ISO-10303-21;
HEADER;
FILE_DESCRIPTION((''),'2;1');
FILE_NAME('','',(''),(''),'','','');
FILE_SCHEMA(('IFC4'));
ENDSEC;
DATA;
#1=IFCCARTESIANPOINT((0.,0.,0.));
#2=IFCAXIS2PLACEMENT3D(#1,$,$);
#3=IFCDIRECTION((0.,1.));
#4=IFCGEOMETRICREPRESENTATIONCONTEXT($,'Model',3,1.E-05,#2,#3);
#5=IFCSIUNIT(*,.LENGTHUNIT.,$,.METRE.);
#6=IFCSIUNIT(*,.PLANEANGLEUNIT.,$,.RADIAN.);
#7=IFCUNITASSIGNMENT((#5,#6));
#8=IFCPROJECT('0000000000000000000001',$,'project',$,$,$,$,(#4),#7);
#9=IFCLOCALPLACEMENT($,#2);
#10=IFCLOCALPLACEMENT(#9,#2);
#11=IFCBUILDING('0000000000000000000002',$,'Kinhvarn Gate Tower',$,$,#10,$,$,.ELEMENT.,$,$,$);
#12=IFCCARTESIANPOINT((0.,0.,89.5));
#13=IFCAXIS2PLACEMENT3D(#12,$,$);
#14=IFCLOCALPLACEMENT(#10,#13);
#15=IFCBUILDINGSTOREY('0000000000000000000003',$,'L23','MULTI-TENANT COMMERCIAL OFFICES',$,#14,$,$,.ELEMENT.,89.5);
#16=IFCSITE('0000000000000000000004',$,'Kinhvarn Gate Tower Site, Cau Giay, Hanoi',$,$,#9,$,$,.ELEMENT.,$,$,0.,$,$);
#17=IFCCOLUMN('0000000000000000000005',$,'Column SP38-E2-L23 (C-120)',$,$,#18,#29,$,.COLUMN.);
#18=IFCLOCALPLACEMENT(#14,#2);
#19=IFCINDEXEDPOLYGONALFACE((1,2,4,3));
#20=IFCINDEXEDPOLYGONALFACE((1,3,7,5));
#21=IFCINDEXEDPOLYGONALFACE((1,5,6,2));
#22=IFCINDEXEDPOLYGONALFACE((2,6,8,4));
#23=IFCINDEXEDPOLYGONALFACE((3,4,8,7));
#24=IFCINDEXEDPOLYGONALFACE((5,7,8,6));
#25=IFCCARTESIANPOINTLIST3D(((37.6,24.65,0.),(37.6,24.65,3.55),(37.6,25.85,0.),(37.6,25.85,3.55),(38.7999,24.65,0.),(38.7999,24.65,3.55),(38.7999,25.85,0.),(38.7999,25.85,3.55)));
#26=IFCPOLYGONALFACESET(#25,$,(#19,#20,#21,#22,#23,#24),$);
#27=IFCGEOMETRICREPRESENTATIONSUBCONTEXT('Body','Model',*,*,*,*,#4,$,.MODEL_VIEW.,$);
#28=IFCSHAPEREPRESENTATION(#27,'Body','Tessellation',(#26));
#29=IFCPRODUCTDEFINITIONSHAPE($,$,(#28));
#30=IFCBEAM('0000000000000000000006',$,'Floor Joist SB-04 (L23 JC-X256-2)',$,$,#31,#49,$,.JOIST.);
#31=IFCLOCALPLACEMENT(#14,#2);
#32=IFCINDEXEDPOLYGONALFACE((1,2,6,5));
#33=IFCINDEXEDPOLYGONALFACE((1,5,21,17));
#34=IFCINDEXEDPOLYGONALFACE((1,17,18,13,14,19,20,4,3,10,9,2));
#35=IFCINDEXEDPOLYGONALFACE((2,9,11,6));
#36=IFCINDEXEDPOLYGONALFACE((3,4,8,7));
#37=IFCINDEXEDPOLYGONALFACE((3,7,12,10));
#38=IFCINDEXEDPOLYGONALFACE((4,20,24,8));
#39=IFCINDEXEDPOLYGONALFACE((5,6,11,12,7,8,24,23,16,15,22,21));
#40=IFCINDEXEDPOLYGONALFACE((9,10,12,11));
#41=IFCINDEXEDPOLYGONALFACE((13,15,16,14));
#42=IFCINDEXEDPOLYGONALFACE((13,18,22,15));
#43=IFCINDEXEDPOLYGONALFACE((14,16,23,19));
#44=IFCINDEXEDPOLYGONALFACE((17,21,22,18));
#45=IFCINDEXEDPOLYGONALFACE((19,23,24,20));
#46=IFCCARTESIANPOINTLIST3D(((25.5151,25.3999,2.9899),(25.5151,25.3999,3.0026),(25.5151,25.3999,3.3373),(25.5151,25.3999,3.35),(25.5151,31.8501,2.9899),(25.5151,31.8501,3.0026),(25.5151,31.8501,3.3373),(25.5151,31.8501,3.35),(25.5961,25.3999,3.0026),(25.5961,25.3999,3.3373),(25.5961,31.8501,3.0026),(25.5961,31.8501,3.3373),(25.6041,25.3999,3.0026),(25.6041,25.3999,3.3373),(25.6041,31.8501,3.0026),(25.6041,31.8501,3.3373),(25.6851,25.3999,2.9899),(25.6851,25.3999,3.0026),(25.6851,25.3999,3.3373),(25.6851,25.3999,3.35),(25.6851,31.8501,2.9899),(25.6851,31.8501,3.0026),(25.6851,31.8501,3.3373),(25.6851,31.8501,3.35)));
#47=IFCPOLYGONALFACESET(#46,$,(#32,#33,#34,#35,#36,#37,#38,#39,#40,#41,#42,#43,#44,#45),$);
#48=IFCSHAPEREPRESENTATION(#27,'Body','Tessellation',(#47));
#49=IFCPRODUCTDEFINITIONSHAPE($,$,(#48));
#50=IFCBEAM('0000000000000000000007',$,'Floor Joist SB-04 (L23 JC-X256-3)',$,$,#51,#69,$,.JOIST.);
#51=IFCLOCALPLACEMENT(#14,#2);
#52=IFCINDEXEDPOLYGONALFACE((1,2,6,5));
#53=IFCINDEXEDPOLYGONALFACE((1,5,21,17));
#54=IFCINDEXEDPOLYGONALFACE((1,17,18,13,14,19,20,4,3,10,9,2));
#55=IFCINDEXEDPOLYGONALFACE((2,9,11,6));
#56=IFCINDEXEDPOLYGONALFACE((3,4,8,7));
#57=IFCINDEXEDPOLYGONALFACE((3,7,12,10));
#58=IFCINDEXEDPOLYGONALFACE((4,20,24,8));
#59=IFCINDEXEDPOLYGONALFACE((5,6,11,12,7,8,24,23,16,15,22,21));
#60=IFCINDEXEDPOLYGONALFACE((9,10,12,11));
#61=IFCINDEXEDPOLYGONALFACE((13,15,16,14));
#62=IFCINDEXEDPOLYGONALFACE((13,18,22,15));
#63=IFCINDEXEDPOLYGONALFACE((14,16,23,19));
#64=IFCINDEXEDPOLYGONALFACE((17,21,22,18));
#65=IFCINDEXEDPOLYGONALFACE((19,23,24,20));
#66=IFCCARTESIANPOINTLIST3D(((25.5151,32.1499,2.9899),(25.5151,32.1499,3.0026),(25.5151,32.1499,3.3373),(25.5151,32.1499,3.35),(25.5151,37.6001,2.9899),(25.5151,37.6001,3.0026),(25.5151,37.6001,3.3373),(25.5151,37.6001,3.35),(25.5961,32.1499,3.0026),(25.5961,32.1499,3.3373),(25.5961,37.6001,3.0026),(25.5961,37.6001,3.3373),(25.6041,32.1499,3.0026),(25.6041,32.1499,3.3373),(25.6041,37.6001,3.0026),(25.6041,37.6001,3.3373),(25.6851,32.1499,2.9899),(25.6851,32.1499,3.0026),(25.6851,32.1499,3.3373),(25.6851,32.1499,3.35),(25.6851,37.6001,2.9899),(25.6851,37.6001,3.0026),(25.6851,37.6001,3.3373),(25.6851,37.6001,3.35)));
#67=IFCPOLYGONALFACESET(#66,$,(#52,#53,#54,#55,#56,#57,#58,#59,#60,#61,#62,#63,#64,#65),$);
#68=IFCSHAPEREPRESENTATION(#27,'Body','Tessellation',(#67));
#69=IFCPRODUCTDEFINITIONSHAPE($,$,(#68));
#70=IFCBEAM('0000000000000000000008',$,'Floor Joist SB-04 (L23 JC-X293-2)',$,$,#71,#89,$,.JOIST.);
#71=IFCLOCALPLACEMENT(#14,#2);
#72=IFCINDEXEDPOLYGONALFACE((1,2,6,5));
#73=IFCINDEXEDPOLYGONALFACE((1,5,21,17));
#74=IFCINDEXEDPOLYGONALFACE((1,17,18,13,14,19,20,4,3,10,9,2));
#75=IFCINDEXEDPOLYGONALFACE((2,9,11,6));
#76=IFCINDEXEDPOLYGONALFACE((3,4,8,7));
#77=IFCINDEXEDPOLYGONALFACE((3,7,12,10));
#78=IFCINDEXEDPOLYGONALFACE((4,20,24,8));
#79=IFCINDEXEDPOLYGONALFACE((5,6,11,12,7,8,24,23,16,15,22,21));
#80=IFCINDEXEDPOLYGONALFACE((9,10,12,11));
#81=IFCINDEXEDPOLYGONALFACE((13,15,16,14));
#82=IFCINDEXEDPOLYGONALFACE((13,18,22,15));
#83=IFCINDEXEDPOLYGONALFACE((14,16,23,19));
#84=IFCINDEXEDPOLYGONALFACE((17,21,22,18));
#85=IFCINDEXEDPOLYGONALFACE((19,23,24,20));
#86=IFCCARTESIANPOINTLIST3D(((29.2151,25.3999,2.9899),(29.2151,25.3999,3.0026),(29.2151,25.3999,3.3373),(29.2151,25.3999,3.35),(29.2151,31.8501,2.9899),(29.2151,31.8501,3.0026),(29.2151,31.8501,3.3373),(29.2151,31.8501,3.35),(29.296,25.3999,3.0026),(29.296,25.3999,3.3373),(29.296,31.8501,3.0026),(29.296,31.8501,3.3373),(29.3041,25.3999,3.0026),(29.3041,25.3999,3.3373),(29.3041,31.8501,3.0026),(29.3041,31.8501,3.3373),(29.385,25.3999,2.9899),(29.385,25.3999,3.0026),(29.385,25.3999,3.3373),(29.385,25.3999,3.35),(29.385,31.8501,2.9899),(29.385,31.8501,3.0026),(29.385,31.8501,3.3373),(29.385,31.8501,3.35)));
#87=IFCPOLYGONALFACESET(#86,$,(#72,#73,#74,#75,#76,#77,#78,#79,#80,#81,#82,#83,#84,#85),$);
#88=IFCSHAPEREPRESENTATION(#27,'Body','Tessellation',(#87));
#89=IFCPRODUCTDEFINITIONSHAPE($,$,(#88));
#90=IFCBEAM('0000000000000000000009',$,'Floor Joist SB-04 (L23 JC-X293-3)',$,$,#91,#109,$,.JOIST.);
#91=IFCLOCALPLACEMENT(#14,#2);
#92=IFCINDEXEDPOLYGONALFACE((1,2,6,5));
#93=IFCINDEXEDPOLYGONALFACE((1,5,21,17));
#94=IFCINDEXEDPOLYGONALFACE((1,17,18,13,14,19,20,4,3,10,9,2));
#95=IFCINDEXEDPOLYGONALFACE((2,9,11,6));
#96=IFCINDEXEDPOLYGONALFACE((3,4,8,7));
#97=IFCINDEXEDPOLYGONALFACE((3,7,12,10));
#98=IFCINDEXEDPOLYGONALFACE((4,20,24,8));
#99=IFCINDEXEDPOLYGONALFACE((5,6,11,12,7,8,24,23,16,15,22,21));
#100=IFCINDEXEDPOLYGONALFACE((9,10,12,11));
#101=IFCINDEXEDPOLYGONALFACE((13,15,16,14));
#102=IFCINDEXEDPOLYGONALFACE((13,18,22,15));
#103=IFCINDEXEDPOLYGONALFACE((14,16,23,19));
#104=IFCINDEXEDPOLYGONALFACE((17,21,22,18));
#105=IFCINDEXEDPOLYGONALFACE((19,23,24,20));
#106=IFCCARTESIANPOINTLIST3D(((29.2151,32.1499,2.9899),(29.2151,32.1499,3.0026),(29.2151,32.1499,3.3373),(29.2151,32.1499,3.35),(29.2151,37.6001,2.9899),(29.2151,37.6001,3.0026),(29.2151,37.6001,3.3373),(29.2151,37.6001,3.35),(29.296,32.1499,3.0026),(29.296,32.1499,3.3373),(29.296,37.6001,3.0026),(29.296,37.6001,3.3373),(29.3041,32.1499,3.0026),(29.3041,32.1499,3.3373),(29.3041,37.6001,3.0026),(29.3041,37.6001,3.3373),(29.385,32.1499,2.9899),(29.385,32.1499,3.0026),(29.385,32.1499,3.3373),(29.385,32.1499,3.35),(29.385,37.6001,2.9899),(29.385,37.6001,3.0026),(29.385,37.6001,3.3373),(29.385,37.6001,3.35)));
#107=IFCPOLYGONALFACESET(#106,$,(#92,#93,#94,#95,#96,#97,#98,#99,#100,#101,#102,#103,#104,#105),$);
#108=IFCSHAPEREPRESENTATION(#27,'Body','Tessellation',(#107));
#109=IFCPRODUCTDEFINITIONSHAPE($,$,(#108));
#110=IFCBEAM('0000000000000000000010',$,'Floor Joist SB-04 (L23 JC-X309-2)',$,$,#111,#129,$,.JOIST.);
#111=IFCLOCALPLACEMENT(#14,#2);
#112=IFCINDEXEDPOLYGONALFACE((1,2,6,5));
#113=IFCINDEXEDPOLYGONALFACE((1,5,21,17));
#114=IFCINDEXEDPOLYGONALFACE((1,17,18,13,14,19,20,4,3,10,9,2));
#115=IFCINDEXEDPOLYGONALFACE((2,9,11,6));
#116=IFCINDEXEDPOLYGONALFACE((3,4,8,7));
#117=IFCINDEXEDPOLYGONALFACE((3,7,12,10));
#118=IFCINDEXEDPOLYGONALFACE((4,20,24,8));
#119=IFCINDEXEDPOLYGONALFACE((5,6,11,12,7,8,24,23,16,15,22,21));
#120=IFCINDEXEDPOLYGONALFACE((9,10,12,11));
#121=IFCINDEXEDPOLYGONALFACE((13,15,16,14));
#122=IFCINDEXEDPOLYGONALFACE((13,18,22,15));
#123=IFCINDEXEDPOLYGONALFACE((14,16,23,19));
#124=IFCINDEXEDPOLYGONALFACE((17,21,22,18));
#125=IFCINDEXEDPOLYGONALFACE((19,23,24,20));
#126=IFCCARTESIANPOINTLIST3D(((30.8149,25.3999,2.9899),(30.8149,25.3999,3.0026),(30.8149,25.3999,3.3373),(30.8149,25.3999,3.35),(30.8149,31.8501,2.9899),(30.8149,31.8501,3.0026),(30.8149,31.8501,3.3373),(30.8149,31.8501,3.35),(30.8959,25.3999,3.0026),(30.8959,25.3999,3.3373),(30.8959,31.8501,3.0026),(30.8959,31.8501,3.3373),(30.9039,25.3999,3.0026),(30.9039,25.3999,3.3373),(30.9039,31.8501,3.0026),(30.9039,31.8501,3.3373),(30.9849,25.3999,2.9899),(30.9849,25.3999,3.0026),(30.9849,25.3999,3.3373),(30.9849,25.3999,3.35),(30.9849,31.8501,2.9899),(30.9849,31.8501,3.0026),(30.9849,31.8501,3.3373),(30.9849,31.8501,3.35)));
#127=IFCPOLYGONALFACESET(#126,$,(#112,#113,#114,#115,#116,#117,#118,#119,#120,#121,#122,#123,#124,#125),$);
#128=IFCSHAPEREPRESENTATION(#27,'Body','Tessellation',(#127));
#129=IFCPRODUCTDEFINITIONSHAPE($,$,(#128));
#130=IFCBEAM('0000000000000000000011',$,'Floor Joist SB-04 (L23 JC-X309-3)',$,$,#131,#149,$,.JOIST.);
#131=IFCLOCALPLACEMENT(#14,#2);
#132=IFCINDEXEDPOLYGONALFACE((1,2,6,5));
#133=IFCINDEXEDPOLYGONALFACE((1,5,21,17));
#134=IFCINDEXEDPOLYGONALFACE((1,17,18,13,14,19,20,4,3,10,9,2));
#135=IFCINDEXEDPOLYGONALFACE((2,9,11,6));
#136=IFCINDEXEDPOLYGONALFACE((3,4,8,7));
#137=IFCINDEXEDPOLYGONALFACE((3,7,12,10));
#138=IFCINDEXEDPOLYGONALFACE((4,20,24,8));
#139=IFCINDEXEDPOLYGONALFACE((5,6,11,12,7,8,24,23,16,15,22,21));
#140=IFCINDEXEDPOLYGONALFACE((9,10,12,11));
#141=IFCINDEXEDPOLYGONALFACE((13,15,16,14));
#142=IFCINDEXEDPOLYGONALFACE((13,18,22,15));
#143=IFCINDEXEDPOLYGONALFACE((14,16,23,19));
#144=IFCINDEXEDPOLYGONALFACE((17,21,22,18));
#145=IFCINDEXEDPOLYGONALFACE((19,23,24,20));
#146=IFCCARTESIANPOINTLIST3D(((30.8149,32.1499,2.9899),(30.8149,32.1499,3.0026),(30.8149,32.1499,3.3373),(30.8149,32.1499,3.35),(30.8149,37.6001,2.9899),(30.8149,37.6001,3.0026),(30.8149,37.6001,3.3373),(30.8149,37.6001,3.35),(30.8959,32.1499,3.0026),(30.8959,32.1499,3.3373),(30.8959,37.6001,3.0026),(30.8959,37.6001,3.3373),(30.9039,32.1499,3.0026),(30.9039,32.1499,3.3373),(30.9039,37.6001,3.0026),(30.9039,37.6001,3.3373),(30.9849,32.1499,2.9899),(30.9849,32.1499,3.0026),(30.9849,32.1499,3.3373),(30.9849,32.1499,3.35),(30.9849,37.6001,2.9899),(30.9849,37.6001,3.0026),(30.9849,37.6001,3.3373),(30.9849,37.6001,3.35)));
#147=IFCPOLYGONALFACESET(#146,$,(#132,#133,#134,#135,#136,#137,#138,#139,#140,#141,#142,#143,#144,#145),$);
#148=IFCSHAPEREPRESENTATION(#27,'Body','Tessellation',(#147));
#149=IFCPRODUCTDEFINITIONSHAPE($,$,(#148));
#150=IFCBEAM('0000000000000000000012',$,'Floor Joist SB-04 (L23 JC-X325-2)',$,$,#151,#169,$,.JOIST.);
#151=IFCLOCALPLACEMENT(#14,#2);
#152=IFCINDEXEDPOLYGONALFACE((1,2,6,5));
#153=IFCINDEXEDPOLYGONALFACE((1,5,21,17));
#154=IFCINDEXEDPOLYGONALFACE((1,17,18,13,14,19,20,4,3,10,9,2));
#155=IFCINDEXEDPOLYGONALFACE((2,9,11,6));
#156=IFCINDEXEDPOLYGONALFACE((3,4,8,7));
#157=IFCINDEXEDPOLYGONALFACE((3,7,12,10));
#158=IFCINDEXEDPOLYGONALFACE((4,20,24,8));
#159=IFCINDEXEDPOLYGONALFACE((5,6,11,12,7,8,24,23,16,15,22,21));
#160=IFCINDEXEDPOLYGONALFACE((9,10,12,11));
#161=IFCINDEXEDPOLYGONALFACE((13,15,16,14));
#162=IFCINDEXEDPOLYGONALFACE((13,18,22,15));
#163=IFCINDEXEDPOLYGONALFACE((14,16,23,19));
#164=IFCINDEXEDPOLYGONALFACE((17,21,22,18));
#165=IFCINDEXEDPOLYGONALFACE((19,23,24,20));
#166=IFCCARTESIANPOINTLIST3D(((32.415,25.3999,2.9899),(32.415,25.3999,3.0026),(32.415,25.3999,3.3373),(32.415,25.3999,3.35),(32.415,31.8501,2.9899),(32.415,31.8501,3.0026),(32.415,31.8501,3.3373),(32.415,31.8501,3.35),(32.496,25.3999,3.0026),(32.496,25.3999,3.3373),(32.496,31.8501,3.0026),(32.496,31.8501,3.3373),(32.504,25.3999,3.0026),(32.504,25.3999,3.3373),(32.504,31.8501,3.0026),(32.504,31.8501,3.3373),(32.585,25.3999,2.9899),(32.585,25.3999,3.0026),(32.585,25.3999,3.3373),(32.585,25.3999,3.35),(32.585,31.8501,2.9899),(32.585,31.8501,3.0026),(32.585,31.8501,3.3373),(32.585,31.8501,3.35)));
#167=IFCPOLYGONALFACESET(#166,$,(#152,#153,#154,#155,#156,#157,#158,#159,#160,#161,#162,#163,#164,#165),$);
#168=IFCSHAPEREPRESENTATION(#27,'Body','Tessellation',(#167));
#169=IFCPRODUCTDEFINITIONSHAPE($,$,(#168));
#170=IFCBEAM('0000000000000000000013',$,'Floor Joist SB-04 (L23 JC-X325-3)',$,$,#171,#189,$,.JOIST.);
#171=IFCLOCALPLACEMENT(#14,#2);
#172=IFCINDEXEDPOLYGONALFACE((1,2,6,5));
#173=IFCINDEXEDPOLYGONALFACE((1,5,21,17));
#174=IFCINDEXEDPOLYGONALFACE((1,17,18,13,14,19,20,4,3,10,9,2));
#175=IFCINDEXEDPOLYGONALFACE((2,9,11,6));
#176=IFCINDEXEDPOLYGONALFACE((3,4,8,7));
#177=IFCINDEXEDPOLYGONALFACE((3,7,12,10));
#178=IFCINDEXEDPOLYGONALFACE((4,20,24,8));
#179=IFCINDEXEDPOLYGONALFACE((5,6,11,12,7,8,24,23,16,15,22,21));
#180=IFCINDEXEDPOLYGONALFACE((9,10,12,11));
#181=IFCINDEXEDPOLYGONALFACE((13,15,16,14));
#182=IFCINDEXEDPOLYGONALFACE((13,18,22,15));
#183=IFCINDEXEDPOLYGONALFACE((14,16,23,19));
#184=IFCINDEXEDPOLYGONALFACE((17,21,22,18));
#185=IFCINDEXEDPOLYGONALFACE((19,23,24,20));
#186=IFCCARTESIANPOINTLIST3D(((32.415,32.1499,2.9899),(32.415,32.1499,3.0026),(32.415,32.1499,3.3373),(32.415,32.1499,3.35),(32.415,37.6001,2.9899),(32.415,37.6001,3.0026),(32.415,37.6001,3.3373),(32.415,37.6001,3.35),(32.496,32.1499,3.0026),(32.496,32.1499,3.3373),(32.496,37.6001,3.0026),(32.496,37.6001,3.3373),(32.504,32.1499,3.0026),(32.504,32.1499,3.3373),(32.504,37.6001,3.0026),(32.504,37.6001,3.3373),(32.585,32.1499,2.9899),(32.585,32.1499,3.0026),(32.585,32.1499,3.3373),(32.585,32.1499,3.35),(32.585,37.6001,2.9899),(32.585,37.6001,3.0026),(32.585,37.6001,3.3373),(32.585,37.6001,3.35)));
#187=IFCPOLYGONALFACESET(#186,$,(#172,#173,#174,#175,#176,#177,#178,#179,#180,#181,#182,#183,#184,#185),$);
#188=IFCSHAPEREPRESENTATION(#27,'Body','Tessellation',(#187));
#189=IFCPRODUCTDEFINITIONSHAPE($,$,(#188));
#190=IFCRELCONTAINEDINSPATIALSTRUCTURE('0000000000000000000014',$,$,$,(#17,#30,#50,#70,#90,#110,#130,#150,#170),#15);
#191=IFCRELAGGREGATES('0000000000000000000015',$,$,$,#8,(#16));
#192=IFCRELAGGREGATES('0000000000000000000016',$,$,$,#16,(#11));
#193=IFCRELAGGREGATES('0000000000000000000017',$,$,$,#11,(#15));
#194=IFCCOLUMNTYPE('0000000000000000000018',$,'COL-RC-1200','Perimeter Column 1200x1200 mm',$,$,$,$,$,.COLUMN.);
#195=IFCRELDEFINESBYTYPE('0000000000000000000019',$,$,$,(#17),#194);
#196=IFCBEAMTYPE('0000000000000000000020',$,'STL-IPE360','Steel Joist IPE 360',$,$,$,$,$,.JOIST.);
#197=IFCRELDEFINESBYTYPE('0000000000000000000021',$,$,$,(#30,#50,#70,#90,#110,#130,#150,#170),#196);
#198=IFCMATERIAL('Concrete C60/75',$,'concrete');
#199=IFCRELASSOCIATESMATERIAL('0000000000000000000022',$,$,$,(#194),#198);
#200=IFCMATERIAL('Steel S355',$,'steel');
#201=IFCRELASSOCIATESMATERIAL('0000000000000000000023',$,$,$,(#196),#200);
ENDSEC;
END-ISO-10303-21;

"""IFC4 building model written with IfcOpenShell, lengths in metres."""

from ifc_helpers import new_model, si_unit, direction, frame, origin, origin_2d, place, context, subcontext, project, spatial, rectangle, i_section, extrude, material, material_profile, profile_set, type_object, element, save


model = new_model("IFC4")

# Units and contexts
model_context = context("Model", 3, precision=1e-05, world=origin(), true_north=direction((0.0, 1.0)))
body_context = subcontext(model_context, "Body", "Model", "MODEL_VIEW")
ifc_project = project(units=[si_unit("LENGTHUNIT", "METRE"), si_unit("PLANEANGLEUNIT", "RADIAN")], contexts=[model_context])

# Site, building, storey
site_placement = place(None, origin())
site = spatial("IfcSite", under=ifc_project, at=site_placement, Name="Kinhvarn Gate Tower Site, Cau Giay, Hanoi", CompositionType="ELEMENT", RefElevation=0.0)
building_placement = place(site_placement, origin())
building = spatial("IfcBuilding", under=site, at=building_placement, Name="Kinhvarn Gate Tower", CompositionType="ELEMENT")
storey_placement = place(building_placement, frame((0.0, 0.0, 89.5)))
storey = spatial("IfcBuildingStorey", under=building, at=storey_placement, Name="L23", Description="MULTI-TENANT COMMERCIAL OFFICES", CompositionType="ELEMENT", Elevation=89.5)

# Column
ifc_material_1 = material(Name="Concrete C60/75", Category="concrete")
ifc_material_profile_1 = material_profile(ifc_material_1, rectangle(XDim=1.2, YDim=1.2, at=origin_2d()), Name="RC 1200x1200")
ifc_profile_set_1 = profile_set([ifc_material_profile_1], Name="Concrete C60/75")
column_type = type_object("IfcColumnType", Name="COL-RC-1200", Description="Perimeter Column 1200x1200 mm", PredefinedType="COLUMN", material=ifc_profile_set_1)
column_placement = place(storey_placement, frame((38.2, 25.25, 0.0), z_axis=(0.0, 0.0, 1.0), x_axis=(1.0, 0.0, 0.0)))
element("IfcColumn", 1, at=column_placement, inside=storey, type_object=column_type, Name="Column SP38-E2-L23 (C-120)", PredefinedType="COLUMN", context=body_context, shape_type="SweptSolid", body=[
    extrude(rectangle(XDim=1.2, YDim=1.2, at=origin_2d()), origin(), (0.0, 0.0, 1.0), 3.55),
])

# Beams
ifc_material_2 = material(Name="Steel S355", Category="steel")
ifc_material_profile_2 = material_profile(ifc_material_2, i_section(OverallWidth=0.1699, OverallDepth=0.3601, WebThickness=0.0081, FlangeThickness=0.0127, at=origin_2d()), Name="IPE 360")
ifc_profile_set_2 = profile_set([ifc_material_profile_2], Name="Steel S355")
beam_type = type_object("IfcBeamType", Name="STL-IPE360", Description="Steel Joist IPE 360", PredefinedType="JOIST", material=ifc_profile_set_2)
beam_1_placement = place(storey_placement, frame((25.6001, 25.3999, 3.1699), z_axis=(0.0, 1.0, 0.0), x_axis=(-1.0, 0.0, 0.0)))
element("IfcBeam", 2, at=beam_1_placement, inside=storey, type_object=beam_type, Name="Floor Joist SB-04 (L23 JC-X256-2)", PredefinedType="JOIST", context=body_context, shape_type="SweptSolid", body=[
    extrude(i_section(OverallWidth=0.1699, OverallDepth=0.3601, WebThickness=0.0081, FlangeThickness=0.0127, at=origin_2d()), origin(), (0.0, 0.0, 1.0), 6.4502),
])
beam_2_placement = place(storey_placement, frame((25.6001, 32.1499, 3.1699), z_axis=(0.0, 1.0, 0.0), x_axis=(-1.0, 0.0, 0.0)))
element("IfcBeam", 3, at=beam_2_placement, inside=storey, type_object=beam_type, Name="Floor Joist SB-04 (L23 JC-X256-3)", PredefinedType="JOIST", context=body_context, shape_type="SweptSolid", body=[
    extrude(i_section(OverallWidth=0.1699, OverallDepth=0.3601, WebThickness=0.0081, FlangeThickness=0.0127, at=origin_2d()), origin(), (0.0, 0.0, 1.0), 5.4502),
])
beam_3_placement = place(storey_placement, frame((29.3, 25.3999, 3.1699), z_axis=(0.0, 1.0, 0.0), x_axis=(-1.0, 0.0, 0.0)))
element("IfcBeam", 4, at=beam_3_placement, inside=storey, type_object=beam_type, Name="Floor Joist SB-04 (L23 JC-X293-2)", PredefinedType="JOIST", context=body_context, shape_type="SweptSolid", body=[
    extrude(i_section(OverallWidth=0.1699, OverallDepth=0.3601, WebThickness=0.0081, FlangeThickness=0.0127, at=origin_2d()), origin(), (0.0, 0.0, 1.0), 6.4502),
])
beam_4_placement = place(storey_placement, frame((29.3, 32.1499, 3.1699), z_axis=(0.0, 1.0, 0.0), x_axis=(-1.0, 0.0, 0.0)))
element("IfcBeam", 5, at=beam_4_placement, inside=storey, type_object=beam_type, Name="Floor Joist SB-04 (L23 JC-X293-3)", PredefinedType="JOIST", context=body_context, shape_type="SweptSolid", body=[
    extrude(i_section(OverallWidth=0.1699, OverallDepth=0.3601, WebThickness=0.0081, FlangeThickness=0.0127, at=origin_2d()), origin(), (0.0, 0.0, 1.0), 5.4502),
])
beam_5_placement = place(storey_placement, frame((30.8999, 25.3999, 3.1699), z_axis=(0.0, 1.0, 0.0), x_axis=(-1.0, 0.0, 0.0)))
element("IfcBeam", 6, at=beam_5_placement, inside=storey, type_object=beam_type, Name="Floor Joist SB-04 (L23 JC-X309-2)", PredefinedType="JOIST", context=body_context, shape_type="SweptSolid", body=[
    extrude(i_section(OverallWidth=0.1699, OverallDepth=0.3601, WebThickness=0.0081, FlangeThickness=0.0127, at=origin_2d()), origin(), (0.0, 0.0, 1.0), 6.4502),
])
beam_6_placement = place(storey_placement, frame((30.8999, 32.1499, 3.1699), z_axis=(0.0, 1.0, 0.0), x_axis=(-1.0, 0.0, 0.0)))
element("IfcBeam", 7, at=beam_6_placement, inside=storey, type_object=beam_type, Name="Floor Joist SB-04 (L23 JC-X309-3)", PredefinedType="JOIST", context=body_context, shape_type="SweptSolid", body=[
    extrude(i_section(OverallWidth=0.1699, OverallDepth=0.3601, WebThickness=0.0081, FlangeThickness=0.0127, at=origin_2d()), origin(), (0.0, 0.0, 1.0), 5.4502),
])
beam_7_placement = place(storey_placement, frame((32.5, 25.3999, 3.1699), z_axis=(0.0, 1.0, 0.0), x_axis=(-1.0, 0.0, 0.0)))
element("IfcBeam", 8, at=beam_7_placement, inside=storey, type_object=beam_type, Name="Floor Joist SB-04 (L23 JC-X325-2)", PredefinedType="JOIST", context=body_context, shape_type="SweptSolid", body=[
    extrude(i_section(OverallWidth=0.1699, OverallDepth=0.3601, WebThickness=0.0081, FlangeThickness=0.0127, at=origin_2d()), origin(), (0.0, 0.0, 1.0), 6.4502),
])
beam_8_placement = place(storey_placement, frame((32.5, 32.1499, 3.1699), z_axis=(0.0, 1.0, 0.0), x_axis=(-1.0, 0.0, 0.0)))
element("IfcBeam", 9, at=beam_8_placement, inside=storey, type_object=beam_type, Name="Floor Joist SB-04 (L23 JC-X325-3)", PredefinedType="JOIST", context=body_context, shape_type="SweptSolid", body=[
    extrude(i_section(OverallWidth=0.1699, OverallDepth=0.3601, WebThickness=0.0081, FlangeThickness=0.0127, at=origin_2d()), origin(), (0.0, 0.0, 1.0), 5.4502),
])

save(model, "model.ifc")
